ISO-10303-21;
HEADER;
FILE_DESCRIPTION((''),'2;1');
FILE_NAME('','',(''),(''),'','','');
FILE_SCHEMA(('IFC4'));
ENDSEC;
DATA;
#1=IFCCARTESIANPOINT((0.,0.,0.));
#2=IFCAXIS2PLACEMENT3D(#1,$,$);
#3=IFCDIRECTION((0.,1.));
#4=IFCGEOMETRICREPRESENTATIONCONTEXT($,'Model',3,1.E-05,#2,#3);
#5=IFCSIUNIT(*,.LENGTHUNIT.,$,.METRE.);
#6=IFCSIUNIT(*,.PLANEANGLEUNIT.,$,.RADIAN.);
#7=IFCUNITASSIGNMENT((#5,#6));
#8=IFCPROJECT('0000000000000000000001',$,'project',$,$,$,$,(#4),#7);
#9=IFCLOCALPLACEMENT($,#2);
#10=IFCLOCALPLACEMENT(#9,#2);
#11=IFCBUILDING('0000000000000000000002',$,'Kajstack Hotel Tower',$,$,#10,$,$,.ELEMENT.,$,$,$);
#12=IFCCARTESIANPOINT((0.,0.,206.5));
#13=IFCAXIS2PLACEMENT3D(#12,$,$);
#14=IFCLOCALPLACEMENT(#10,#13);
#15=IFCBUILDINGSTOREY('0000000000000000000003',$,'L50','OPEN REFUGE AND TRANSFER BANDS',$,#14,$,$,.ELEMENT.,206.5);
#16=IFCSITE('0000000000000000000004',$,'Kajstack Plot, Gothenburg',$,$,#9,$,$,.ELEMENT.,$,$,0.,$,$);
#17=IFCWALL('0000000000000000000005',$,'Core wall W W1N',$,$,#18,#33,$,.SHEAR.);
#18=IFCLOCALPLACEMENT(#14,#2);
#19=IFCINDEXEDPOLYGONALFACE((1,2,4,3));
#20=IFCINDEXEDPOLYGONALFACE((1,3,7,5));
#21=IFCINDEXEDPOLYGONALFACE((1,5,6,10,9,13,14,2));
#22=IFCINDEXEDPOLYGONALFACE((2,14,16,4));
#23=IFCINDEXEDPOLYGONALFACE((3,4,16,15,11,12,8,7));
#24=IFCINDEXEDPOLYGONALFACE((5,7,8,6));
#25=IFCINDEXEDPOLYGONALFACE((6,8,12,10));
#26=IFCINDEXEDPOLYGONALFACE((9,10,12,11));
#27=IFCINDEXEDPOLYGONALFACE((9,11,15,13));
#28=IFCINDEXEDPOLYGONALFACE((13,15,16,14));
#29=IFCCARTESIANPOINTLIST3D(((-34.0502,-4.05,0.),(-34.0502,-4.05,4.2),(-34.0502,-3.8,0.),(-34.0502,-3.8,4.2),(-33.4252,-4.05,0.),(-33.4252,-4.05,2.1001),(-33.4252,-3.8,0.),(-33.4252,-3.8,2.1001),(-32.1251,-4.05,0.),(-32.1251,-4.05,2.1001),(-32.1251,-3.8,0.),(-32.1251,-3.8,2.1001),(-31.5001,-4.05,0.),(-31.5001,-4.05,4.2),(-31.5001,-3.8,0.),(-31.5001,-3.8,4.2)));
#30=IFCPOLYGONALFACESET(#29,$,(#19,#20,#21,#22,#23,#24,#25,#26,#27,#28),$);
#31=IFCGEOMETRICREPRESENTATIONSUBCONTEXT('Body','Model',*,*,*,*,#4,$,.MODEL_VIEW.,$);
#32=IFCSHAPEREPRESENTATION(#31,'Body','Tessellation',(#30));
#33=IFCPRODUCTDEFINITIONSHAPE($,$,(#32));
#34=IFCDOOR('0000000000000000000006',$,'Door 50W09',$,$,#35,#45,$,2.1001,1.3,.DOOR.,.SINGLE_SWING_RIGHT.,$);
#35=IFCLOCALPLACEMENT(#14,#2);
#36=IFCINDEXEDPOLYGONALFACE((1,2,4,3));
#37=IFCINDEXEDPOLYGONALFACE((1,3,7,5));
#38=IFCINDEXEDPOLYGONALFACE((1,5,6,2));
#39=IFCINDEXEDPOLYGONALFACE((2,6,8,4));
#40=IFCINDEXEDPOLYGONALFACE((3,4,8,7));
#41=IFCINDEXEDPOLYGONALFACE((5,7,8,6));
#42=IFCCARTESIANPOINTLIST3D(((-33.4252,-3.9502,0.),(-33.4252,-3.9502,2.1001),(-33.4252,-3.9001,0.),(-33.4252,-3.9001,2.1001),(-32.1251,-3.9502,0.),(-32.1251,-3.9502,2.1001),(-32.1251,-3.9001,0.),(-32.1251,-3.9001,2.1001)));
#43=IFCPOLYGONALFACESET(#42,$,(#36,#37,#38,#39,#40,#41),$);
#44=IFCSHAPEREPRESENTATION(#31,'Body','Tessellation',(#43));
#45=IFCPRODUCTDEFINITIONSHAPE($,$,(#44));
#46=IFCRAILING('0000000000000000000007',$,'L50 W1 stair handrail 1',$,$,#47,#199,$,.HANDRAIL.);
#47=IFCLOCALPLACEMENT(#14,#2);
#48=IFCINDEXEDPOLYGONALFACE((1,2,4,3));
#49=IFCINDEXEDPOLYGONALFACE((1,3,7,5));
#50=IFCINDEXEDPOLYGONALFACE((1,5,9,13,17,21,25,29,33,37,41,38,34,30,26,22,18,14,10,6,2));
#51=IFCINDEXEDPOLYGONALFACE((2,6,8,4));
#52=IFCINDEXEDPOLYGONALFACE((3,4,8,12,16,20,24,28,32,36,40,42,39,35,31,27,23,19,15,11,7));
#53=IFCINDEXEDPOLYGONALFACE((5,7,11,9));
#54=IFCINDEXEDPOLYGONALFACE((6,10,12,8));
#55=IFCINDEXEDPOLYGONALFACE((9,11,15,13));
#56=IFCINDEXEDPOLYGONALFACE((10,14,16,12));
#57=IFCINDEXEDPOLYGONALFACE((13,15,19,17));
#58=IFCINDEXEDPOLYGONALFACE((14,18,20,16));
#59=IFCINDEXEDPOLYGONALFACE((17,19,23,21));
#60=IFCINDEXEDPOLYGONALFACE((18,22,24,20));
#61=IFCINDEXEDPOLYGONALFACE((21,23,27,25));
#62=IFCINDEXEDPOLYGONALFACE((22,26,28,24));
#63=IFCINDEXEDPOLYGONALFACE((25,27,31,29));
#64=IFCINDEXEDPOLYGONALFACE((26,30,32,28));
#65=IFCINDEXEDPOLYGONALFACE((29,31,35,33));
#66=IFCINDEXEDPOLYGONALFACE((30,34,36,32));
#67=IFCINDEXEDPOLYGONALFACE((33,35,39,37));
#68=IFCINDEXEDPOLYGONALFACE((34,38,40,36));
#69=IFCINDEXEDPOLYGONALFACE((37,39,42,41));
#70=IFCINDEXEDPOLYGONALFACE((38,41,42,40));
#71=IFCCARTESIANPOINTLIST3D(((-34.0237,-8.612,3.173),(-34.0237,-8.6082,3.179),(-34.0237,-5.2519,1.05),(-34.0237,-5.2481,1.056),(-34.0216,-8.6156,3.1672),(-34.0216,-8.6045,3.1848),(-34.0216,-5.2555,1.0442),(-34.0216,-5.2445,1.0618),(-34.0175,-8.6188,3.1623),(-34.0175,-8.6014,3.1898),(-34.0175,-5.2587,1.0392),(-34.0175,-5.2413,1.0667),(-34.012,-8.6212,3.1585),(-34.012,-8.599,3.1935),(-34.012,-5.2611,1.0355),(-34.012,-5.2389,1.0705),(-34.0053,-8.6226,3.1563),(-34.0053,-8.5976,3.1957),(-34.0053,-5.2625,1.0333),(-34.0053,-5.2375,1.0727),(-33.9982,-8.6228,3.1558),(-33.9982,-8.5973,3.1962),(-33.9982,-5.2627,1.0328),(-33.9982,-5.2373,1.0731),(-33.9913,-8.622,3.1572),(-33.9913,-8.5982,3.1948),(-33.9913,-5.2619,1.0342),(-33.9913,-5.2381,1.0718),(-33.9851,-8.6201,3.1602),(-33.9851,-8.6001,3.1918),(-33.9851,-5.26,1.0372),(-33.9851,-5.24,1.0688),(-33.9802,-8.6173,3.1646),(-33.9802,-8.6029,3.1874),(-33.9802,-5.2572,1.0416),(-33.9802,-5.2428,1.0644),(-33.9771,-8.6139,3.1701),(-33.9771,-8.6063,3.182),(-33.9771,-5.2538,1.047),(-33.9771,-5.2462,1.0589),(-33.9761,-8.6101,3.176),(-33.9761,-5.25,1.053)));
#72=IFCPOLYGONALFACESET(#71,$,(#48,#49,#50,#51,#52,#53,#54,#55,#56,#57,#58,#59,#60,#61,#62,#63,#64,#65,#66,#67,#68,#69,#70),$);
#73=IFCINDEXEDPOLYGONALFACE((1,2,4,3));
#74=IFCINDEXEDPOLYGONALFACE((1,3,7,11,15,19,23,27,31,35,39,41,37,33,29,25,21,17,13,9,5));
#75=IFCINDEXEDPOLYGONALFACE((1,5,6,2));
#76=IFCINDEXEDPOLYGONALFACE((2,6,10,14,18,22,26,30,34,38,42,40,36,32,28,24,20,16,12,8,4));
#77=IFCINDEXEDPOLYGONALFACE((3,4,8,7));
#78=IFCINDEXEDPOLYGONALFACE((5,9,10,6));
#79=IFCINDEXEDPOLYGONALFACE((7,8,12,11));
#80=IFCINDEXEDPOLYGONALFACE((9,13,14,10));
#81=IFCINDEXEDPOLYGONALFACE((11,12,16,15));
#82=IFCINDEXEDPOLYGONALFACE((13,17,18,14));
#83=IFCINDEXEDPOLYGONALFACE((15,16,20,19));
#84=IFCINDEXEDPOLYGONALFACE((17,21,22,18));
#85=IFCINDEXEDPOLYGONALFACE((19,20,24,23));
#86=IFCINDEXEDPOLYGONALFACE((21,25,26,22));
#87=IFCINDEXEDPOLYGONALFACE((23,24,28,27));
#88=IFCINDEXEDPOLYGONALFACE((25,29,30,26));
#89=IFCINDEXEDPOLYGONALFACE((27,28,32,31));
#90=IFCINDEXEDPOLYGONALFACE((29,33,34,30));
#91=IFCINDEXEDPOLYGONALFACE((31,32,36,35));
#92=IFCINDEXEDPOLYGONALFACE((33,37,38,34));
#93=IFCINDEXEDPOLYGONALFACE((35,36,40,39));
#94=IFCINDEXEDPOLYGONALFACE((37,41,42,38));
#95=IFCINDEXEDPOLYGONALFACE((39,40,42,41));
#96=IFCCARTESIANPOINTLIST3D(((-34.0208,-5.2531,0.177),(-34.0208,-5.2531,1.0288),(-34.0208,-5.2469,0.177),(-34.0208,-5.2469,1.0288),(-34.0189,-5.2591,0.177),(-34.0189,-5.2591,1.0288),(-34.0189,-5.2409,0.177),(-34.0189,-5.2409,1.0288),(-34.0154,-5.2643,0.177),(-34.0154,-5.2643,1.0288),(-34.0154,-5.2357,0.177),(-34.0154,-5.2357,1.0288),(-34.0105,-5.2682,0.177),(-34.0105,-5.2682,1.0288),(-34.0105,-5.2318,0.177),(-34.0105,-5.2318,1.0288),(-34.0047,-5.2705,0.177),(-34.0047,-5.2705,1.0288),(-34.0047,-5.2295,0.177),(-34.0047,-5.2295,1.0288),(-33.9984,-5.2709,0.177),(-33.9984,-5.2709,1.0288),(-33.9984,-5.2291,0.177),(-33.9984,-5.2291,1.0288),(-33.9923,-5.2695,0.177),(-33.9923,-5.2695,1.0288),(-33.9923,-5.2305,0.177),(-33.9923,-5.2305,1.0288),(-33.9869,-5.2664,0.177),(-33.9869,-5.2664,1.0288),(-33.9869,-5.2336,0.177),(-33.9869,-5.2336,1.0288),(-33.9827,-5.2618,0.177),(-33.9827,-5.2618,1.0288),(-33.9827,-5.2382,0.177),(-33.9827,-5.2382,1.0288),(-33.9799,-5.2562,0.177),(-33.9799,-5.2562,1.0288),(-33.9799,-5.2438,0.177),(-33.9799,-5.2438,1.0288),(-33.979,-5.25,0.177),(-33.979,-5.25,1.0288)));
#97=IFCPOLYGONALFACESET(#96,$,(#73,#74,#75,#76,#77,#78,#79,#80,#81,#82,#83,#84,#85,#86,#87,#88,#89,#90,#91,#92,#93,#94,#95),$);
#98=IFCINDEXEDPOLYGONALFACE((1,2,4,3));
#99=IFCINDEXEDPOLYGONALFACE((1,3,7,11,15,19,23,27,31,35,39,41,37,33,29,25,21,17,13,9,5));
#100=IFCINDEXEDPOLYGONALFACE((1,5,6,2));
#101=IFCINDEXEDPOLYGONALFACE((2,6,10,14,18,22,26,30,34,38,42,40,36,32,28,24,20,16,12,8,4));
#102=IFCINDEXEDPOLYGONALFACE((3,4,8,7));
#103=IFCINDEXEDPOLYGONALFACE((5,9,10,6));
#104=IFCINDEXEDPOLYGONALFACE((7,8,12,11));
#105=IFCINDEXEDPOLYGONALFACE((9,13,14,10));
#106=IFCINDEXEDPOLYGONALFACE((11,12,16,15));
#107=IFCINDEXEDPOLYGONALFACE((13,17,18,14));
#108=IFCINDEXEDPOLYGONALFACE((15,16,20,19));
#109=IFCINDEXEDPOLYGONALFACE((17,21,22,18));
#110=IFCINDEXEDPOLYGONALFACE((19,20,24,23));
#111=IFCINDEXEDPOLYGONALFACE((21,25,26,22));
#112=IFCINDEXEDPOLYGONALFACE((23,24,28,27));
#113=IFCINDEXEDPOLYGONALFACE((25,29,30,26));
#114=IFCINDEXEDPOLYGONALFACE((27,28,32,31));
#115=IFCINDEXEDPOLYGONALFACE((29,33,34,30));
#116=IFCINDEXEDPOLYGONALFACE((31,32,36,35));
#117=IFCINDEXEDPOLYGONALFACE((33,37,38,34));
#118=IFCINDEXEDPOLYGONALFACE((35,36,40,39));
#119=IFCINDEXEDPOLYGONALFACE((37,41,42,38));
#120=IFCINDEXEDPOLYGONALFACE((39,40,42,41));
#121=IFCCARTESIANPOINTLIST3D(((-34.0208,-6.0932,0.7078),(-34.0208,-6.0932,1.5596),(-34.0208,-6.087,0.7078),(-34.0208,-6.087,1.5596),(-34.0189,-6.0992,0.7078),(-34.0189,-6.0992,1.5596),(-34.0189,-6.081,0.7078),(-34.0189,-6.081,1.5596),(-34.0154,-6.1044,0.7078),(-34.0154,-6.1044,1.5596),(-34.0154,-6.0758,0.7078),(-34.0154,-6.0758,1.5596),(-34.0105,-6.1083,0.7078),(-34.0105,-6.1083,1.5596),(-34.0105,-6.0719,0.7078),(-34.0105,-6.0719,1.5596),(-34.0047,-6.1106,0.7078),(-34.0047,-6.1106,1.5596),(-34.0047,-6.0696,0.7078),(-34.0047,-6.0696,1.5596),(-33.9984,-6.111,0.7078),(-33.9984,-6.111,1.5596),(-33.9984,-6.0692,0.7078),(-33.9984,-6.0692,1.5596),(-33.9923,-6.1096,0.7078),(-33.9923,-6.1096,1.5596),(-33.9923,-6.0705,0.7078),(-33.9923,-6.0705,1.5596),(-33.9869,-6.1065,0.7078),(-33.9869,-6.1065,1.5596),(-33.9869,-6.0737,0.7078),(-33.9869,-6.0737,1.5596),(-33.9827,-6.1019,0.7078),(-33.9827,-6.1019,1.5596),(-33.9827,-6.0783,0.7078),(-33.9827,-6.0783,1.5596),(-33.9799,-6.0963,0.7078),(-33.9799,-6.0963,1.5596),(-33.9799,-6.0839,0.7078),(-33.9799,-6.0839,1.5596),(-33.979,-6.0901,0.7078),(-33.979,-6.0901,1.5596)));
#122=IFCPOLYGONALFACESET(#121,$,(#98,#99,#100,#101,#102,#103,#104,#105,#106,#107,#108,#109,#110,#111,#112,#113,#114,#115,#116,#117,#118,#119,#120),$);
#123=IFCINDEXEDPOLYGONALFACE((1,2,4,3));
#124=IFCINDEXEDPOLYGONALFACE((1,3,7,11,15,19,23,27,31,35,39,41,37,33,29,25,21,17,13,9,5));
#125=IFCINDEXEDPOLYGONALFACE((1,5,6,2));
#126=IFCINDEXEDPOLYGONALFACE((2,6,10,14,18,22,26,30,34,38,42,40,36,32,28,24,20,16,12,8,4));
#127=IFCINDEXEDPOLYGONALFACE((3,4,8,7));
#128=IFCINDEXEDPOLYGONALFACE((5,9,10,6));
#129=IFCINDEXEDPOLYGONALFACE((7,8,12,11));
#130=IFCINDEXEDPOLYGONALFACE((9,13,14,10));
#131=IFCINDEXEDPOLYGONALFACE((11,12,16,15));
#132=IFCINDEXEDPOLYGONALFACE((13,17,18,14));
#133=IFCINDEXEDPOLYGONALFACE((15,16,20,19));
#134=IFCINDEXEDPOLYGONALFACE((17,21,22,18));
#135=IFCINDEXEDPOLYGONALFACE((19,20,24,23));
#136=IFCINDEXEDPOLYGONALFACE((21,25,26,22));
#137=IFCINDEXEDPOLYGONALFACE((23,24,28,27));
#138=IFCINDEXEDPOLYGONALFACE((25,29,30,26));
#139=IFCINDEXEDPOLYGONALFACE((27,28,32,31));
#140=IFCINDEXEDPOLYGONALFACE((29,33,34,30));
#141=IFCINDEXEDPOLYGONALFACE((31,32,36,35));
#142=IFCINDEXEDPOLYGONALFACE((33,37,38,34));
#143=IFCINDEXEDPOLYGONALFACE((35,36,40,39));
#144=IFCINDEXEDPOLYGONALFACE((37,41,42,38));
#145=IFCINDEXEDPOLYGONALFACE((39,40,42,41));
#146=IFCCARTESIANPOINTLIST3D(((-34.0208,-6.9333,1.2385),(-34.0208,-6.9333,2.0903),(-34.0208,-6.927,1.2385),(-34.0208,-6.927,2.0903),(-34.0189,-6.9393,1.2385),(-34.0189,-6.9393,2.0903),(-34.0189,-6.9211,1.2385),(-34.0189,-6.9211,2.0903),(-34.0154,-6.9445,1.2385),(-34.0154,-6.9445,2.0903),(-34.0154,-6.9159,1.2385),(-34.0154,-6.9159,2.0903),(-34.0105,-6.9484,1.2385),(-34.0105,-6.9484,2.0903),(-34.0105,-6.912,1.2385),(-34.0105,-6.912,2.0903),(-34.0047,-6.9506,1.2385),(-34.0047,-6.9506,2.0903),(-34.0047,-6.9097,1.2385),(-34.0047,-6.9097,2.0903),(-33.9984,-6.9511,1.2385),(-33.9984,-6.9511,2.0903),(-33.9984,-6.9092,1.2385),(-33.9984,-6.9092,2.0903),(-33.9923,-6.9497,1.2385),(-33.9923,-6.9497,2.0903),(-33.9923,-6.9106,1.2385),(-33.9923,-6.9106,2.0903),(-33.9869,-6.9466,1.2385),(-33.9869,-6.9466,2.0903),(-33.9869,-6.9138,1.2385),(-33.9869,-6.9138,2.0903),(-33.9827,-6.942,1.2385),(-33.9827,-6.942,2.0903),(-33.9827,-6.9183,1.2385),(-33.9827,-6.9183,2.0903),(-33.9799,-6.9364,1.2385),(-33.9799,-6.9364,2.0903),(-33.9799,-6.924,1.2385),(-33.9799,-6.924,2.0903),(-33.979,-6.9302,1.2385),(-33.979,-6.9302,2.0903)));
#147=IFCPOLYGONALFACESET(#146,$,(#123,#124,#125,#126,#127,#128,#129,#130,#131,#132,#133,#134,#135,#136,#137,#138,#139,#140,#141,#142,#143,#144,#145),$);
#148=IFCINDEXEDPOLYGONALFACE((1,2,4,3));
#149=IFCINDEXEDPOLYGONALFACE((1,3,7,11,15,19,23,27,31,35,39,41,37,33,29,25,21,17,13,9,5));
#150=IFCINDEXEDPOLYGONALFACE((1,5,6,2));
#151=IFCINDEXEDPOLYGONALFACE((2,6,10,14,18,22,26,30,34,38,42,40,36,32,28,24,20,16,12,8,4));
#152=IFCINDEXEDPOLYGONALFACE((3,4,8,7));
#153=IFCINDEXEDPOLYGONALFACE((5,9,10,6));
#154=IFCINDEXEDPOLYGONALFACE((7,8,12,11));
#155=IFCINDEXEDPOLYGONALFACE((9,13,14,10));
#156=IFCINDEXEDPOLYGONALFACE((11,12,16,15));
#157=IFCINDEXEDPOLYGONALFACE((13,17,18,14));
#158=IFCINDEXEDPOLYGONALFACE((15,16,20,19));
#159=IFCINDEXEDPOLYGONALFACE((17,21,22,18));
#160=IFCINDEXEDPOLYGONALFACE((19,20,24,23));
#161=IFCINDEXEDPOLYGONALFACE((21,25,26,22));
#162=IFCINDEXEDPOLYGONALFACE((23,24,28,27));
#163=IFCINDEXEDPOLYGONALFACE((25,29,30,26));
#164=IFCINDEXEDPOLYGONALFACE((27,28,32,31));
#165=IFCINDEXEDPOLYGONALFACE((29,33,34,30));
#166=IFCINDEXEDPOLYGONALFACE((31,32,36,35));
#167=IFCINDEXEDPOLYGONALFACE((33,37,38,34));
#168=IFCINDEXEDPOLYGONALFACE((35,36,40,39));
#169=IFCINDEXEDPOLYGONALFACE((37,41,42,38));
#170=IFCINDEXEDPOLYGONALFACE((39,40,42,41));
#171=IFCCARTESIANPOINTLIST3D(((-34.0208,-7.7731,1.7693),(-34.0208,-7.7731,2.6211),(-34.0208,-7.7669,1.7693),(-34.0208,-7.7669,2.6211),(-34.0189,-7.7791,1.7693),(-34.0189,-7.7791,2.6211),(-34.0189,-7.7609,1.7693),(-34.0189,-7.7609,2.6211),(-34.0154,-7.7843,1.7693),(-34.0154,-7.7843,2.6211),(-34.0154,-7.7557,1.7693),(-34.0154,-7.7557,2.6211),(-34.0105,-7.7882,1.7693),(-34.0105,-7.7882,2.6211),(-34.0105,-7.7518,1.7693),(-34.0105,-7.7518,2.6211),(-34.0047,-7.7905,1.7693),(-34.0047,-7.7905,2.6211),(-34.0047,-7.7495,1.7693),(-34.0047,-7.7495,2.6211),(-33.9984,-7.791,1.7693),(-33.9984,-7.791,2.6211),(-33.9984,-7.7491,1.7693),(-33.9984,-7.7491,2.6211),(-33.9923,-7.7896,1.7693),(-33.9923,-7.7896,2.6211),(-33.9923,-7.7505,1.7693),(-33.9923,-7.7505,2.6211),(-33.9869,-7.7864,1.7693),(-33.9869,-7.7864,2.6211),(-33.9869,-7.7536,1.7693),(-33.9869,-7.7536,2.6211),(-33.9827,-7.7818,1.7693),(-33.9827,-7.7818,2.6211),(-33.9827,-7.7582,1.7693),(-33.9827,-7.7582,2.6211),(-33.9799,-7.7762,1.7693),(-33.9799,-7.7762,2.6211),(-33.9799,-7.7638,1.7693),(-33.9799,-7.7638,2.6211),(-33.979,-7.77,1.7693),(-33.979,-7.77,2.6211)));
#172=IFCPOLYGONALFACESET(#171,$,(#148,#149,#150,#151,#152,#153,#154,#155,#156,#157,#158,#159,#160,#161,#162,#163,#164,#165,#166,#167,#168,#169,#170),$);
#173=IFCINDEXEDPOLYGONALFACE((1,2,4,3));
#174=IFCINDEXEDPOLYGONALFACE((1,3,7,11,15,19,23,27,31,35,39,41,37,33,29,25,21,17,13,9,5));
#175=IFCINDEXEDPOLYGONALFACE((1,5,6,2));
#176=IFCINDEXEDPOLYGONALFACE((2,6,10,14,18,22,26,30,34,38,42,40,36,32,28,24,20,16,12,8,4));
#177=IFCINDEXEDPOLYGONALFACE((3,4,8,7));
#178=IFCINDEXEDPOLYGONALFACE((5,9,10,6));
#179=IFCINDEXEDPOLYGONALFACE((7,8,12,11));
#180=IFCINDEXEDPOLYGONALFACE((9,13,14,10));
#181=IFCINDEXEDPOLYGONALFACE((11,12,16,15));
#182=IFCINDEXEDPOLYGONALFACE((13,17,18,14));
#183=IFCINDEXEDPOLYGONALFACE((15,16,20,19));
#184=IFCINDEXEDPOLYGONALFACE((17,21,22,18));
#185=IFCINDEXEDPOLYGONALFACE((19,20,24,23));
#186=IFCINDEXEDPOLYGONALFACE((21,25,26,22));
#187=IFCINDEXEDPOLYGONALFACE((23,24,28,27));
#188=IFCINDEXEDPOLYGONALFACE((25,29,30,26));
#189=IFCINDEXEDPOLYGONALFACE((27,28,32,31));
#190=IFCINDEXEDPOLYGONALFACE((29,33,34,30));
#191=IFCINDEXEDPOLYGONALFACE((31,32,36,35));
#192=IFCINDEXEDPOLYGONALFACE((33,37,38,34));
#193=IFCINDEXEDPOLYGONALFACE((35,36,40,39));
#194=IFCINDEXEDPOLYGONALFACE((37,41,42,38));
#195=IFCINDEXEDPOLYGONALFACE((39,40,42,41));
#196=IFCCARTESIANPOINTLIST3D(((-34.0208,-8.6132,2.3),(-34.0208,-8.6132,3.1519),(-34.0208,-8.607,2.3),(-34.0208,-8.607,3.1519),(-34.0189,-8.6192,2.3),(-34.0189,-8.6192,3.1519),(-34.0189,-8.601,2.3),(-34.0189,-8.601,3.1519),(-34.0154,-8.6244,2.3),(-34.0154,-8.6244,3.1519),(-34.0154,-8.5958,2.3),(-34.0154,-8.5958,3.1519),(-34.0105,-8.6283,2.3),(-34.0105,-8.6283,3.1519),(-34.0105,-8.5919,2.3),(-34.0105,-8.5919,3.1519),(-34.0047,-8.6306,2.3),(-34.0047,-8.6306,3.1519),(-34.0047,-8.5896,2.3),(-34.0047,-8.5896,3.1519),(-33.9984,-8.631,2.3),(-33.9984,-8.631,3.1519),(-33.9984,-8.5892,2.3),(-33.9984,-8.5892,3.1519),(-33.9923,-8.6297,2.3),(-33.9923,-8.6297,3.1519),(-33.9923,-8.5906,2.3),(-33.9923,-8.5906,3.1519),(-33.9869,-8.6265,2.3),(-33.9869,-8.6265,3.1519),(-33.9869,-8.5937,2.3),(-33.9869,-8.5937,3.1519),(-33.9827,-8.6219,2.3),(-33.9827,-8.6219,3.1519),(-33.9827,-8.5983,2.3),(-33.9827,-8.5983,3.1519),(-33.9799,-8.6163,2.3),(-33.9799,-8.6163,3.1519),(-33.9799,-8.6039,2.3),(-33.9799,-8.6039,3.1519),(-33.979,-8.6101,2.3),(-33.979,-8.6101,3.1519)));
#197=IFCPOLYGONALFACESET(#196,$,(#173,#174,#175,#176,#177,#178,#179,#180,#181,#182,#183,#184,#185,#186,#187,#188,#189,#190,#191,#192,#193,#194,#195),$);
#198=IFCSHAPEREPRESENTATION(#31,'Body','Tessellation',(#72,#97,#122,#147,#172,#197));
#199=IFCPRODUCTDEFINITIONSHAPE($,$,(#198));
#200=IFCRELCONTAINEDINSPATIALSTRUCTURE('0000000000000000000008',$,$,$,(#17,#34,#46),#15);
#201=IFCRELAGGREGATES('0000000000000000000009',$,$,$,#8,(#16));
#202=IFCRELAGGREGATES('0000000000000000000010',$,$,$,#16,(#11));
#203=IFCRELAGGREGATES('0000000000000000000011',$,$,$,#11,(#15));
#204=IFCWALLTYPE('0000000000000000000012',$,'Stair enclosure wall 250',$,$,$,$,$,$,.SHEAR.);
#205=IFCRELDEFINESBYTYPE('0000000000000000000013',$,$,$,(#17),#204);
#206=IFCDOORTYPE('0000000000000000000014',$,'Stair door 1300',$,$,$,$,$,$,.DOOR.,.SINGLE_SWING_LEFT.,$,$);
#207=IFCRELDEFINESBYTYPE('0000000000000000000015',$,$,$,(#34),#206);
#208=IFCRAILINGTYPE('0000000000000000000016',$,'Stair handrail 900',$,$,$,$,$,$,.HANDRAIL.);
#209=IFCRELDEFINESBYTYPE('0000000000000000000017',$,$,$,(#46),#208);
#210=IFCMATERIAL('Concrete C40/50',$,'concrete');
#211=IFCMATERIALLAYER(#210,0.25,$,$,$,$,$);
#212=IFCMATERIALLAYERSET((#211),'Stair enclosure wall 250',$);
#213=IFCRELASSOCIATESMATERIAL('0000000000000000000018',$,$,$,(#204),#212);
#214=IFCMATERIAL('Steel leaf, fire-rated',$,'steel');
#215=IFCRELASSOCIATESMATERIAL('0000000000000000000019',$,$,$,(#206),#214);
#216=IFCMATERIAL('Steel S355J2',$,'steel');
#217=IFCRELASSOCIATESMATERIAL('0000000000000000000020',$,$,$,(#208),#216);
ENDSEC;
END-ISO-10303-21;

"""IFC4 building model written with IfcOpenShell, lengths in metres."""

from ifc_helpers import new_model, si_unit, direction, frame, frame_2d, origin, origin_2d, place, context, subcontext, project, spatial, rectangle, circle, extrude, material, layer, layer_set, type_object, element, fill, save


model = new_model("IFC4")

# Units and contexts
model_context = context("Model", 3, precision=1e-05, world=origin(), true_north=direction((0.0, 1.0)))
body_context = subcontext(model_context, "Body", "Model", "MODEL_VIEW")
ifc_project = project(units=[si_unit("LENGTHUNIT", "METRE"), si_unit("PLANEANGLEUNIT", "RADIAN")], contexts=[model_context])

# Site, building, storey
site_placement = place(None, origin())
site = spatial("IfcSite", under=ifc_project, at=site_placement, Name="Kajstack Plot, Gothenburg", CompositionType="ELEMENT", RefElevation=0.0)
building_placement = place(site_placement, origin())
building = spatial("IfcBuilding", under=site, at=building_placement, Name="Kajstack Hotel Tower", CompositionType="ELEMENT")
storey_placement = place(building_placement, frame((0.0, 0.0, 206.5)))
storey = spatial("IfcBuildingStorey", under=building, at=storey_placement, Name="L50", Description="OPEN REFUGE AND TRANSFER BANDS", CompositionType="ELEMENT", Elevation=206.5)

# Shared definitions
ifc_material_1 = material(Name="Steel S355J2", Category="steel")

# Wall, opening, door
ifc_material_2 = material(Name="Concrete C40/50", Category="concrete")
ifc_layer_1 = layer(ifc_material_2, 0.25)
ifc_layer_set_1 = layer_set([ifc_layer_1], Name="Stair enclosure wall 250")
wall_type_1 = type_object("IfcWallType", Name="Stair enclosure wall 250", PredefinedType="SHEAR", material=ifc_layer_set_1)
wall_1_placement = place(storey_placement, frame((-34.05, -3.925, 0.0), z_axis=(0.0, 0.0, 1.0), x_axis=(1.0, 0.0, 0.0)))
wall_1 = element("IfcWall", 1, at=wall_1_placement, inside=storey, type_object=wall_type_1, Name="Core wall W W1N", PredefinedType="SHEAR", context=body_context, shape_type="SweptSolid", body=[
    extrude(rectangle(XDim=2.55, YDim=0.25, at=frame_2d((1.2749, 0.0))), origin(), (0.0, 0.0, 1.0), 4.2),
])
opening_1_placement = place(wall_1_placement, frame((0.625, 0.0, 0.0)))
opening_1 = element("IfcOpeningElement", 2, at=opening_1_placement, cuts=wall_1, PredefinedType="OPENING", context=body_context, shape_type="SweptSolid", body=[
    extrude(rectangle(XDim=1.3, YDim=2.1001, at=frame_2d((0.6499, 1.05))), frame((0.0, 0.135, 0.0), z_axis=(0.0, -1.0, 0.0), x_axis=(1.0, 0.0, 0.0)), (0.0, 0.0, 1.0), 0.27),
])
ifc_material_3 = material(Name="Steel leaf, fire-rated", Category="steel")
door_type_1 = type_object("IfcDoorType", Name="Stair door 1300", OperationType="SINGLE_SWING_LEFT", PredefinedType="DOOR", material=ifc_material_3)
door_1_placement = place(opening_1_placement, origin())
door_1 = element("IfcDoor", 3, at=door_1_placement, inside=storey, type_object=door_type_1, Name="Door 50W09", OperationType="SINGLE_SWING_RIGHT", OverallHeight=2.1001, OverallWidth=1.3, PredefinedType="DOOR", context=body_context, shape_type="SweptSolid", body=[
    extrude(rectangle(XDim=1.3, YDim=2.1001, at=frame_2d((0.6499, 1.05))), frame((0.0, 0.0249, 0.0), z_axis=(0.0, -1.0, 0.0), x_axis=(1.0, 0.0, 0.0)), (0.0, 0.0, 1.0), 0.05),
])
fill(opening_1, door_1)

# Railing
railing_type_1 = type_object("IfcRailingType", Name="Stair handrail 900", PredefinedType="HANDRAIL", material=ifc_material_1)
railing_1_placement = place(storey_placement, frame((-34.0, -5.25, 0.177)))
element("IfcRailing", 4, at=railing_1_placement, inside=storey, type_object=railing_type_1, Name="L50 W1 stair handrail 1", PredefinedType="HANDRAIL", context=body_context, shape_type="SweptSolid", body=[
    extrude(circle(Radius=0.0239, at=origin_2d()), frame((0.0, 0.0, 0.876), z_axis=(0.0, -0.84539, 0.53415), x_axis=(1.0, 0.0, 0.0)), (0.0, 0.0, 1.0), 3.9746),
    extrude(circle(Radius=0.021, at=origin_2d()), origin(), (0.0, 0.0, 1.0), 0.8518),
    extrude(circle(Radius=0.021, at=origin_2d()), frame((0.0, -0.8401, 0.5308)), (0.0, 0.0, 1.0), 0.8518),
    extrude(circle(Radius=0.021, at=origin_2d()), frame((0.0, -1.6802, 1.0615)), (0.0, 0.0, 1.0), 0.8518),
    extrude(circle(Radius=0.021, at=origin_2d()), frame((0.0, -2.52, 1.5923)), (0.0, 0.0, 1.0), 0.8518),
    extrude(circle(Radius=0.021, at=origin_2d()), frame((0.0, -3.3601, 2.123)), (0.0, 0.0, 1.0), 0.8518),
])

save(model, "model.ifc")
